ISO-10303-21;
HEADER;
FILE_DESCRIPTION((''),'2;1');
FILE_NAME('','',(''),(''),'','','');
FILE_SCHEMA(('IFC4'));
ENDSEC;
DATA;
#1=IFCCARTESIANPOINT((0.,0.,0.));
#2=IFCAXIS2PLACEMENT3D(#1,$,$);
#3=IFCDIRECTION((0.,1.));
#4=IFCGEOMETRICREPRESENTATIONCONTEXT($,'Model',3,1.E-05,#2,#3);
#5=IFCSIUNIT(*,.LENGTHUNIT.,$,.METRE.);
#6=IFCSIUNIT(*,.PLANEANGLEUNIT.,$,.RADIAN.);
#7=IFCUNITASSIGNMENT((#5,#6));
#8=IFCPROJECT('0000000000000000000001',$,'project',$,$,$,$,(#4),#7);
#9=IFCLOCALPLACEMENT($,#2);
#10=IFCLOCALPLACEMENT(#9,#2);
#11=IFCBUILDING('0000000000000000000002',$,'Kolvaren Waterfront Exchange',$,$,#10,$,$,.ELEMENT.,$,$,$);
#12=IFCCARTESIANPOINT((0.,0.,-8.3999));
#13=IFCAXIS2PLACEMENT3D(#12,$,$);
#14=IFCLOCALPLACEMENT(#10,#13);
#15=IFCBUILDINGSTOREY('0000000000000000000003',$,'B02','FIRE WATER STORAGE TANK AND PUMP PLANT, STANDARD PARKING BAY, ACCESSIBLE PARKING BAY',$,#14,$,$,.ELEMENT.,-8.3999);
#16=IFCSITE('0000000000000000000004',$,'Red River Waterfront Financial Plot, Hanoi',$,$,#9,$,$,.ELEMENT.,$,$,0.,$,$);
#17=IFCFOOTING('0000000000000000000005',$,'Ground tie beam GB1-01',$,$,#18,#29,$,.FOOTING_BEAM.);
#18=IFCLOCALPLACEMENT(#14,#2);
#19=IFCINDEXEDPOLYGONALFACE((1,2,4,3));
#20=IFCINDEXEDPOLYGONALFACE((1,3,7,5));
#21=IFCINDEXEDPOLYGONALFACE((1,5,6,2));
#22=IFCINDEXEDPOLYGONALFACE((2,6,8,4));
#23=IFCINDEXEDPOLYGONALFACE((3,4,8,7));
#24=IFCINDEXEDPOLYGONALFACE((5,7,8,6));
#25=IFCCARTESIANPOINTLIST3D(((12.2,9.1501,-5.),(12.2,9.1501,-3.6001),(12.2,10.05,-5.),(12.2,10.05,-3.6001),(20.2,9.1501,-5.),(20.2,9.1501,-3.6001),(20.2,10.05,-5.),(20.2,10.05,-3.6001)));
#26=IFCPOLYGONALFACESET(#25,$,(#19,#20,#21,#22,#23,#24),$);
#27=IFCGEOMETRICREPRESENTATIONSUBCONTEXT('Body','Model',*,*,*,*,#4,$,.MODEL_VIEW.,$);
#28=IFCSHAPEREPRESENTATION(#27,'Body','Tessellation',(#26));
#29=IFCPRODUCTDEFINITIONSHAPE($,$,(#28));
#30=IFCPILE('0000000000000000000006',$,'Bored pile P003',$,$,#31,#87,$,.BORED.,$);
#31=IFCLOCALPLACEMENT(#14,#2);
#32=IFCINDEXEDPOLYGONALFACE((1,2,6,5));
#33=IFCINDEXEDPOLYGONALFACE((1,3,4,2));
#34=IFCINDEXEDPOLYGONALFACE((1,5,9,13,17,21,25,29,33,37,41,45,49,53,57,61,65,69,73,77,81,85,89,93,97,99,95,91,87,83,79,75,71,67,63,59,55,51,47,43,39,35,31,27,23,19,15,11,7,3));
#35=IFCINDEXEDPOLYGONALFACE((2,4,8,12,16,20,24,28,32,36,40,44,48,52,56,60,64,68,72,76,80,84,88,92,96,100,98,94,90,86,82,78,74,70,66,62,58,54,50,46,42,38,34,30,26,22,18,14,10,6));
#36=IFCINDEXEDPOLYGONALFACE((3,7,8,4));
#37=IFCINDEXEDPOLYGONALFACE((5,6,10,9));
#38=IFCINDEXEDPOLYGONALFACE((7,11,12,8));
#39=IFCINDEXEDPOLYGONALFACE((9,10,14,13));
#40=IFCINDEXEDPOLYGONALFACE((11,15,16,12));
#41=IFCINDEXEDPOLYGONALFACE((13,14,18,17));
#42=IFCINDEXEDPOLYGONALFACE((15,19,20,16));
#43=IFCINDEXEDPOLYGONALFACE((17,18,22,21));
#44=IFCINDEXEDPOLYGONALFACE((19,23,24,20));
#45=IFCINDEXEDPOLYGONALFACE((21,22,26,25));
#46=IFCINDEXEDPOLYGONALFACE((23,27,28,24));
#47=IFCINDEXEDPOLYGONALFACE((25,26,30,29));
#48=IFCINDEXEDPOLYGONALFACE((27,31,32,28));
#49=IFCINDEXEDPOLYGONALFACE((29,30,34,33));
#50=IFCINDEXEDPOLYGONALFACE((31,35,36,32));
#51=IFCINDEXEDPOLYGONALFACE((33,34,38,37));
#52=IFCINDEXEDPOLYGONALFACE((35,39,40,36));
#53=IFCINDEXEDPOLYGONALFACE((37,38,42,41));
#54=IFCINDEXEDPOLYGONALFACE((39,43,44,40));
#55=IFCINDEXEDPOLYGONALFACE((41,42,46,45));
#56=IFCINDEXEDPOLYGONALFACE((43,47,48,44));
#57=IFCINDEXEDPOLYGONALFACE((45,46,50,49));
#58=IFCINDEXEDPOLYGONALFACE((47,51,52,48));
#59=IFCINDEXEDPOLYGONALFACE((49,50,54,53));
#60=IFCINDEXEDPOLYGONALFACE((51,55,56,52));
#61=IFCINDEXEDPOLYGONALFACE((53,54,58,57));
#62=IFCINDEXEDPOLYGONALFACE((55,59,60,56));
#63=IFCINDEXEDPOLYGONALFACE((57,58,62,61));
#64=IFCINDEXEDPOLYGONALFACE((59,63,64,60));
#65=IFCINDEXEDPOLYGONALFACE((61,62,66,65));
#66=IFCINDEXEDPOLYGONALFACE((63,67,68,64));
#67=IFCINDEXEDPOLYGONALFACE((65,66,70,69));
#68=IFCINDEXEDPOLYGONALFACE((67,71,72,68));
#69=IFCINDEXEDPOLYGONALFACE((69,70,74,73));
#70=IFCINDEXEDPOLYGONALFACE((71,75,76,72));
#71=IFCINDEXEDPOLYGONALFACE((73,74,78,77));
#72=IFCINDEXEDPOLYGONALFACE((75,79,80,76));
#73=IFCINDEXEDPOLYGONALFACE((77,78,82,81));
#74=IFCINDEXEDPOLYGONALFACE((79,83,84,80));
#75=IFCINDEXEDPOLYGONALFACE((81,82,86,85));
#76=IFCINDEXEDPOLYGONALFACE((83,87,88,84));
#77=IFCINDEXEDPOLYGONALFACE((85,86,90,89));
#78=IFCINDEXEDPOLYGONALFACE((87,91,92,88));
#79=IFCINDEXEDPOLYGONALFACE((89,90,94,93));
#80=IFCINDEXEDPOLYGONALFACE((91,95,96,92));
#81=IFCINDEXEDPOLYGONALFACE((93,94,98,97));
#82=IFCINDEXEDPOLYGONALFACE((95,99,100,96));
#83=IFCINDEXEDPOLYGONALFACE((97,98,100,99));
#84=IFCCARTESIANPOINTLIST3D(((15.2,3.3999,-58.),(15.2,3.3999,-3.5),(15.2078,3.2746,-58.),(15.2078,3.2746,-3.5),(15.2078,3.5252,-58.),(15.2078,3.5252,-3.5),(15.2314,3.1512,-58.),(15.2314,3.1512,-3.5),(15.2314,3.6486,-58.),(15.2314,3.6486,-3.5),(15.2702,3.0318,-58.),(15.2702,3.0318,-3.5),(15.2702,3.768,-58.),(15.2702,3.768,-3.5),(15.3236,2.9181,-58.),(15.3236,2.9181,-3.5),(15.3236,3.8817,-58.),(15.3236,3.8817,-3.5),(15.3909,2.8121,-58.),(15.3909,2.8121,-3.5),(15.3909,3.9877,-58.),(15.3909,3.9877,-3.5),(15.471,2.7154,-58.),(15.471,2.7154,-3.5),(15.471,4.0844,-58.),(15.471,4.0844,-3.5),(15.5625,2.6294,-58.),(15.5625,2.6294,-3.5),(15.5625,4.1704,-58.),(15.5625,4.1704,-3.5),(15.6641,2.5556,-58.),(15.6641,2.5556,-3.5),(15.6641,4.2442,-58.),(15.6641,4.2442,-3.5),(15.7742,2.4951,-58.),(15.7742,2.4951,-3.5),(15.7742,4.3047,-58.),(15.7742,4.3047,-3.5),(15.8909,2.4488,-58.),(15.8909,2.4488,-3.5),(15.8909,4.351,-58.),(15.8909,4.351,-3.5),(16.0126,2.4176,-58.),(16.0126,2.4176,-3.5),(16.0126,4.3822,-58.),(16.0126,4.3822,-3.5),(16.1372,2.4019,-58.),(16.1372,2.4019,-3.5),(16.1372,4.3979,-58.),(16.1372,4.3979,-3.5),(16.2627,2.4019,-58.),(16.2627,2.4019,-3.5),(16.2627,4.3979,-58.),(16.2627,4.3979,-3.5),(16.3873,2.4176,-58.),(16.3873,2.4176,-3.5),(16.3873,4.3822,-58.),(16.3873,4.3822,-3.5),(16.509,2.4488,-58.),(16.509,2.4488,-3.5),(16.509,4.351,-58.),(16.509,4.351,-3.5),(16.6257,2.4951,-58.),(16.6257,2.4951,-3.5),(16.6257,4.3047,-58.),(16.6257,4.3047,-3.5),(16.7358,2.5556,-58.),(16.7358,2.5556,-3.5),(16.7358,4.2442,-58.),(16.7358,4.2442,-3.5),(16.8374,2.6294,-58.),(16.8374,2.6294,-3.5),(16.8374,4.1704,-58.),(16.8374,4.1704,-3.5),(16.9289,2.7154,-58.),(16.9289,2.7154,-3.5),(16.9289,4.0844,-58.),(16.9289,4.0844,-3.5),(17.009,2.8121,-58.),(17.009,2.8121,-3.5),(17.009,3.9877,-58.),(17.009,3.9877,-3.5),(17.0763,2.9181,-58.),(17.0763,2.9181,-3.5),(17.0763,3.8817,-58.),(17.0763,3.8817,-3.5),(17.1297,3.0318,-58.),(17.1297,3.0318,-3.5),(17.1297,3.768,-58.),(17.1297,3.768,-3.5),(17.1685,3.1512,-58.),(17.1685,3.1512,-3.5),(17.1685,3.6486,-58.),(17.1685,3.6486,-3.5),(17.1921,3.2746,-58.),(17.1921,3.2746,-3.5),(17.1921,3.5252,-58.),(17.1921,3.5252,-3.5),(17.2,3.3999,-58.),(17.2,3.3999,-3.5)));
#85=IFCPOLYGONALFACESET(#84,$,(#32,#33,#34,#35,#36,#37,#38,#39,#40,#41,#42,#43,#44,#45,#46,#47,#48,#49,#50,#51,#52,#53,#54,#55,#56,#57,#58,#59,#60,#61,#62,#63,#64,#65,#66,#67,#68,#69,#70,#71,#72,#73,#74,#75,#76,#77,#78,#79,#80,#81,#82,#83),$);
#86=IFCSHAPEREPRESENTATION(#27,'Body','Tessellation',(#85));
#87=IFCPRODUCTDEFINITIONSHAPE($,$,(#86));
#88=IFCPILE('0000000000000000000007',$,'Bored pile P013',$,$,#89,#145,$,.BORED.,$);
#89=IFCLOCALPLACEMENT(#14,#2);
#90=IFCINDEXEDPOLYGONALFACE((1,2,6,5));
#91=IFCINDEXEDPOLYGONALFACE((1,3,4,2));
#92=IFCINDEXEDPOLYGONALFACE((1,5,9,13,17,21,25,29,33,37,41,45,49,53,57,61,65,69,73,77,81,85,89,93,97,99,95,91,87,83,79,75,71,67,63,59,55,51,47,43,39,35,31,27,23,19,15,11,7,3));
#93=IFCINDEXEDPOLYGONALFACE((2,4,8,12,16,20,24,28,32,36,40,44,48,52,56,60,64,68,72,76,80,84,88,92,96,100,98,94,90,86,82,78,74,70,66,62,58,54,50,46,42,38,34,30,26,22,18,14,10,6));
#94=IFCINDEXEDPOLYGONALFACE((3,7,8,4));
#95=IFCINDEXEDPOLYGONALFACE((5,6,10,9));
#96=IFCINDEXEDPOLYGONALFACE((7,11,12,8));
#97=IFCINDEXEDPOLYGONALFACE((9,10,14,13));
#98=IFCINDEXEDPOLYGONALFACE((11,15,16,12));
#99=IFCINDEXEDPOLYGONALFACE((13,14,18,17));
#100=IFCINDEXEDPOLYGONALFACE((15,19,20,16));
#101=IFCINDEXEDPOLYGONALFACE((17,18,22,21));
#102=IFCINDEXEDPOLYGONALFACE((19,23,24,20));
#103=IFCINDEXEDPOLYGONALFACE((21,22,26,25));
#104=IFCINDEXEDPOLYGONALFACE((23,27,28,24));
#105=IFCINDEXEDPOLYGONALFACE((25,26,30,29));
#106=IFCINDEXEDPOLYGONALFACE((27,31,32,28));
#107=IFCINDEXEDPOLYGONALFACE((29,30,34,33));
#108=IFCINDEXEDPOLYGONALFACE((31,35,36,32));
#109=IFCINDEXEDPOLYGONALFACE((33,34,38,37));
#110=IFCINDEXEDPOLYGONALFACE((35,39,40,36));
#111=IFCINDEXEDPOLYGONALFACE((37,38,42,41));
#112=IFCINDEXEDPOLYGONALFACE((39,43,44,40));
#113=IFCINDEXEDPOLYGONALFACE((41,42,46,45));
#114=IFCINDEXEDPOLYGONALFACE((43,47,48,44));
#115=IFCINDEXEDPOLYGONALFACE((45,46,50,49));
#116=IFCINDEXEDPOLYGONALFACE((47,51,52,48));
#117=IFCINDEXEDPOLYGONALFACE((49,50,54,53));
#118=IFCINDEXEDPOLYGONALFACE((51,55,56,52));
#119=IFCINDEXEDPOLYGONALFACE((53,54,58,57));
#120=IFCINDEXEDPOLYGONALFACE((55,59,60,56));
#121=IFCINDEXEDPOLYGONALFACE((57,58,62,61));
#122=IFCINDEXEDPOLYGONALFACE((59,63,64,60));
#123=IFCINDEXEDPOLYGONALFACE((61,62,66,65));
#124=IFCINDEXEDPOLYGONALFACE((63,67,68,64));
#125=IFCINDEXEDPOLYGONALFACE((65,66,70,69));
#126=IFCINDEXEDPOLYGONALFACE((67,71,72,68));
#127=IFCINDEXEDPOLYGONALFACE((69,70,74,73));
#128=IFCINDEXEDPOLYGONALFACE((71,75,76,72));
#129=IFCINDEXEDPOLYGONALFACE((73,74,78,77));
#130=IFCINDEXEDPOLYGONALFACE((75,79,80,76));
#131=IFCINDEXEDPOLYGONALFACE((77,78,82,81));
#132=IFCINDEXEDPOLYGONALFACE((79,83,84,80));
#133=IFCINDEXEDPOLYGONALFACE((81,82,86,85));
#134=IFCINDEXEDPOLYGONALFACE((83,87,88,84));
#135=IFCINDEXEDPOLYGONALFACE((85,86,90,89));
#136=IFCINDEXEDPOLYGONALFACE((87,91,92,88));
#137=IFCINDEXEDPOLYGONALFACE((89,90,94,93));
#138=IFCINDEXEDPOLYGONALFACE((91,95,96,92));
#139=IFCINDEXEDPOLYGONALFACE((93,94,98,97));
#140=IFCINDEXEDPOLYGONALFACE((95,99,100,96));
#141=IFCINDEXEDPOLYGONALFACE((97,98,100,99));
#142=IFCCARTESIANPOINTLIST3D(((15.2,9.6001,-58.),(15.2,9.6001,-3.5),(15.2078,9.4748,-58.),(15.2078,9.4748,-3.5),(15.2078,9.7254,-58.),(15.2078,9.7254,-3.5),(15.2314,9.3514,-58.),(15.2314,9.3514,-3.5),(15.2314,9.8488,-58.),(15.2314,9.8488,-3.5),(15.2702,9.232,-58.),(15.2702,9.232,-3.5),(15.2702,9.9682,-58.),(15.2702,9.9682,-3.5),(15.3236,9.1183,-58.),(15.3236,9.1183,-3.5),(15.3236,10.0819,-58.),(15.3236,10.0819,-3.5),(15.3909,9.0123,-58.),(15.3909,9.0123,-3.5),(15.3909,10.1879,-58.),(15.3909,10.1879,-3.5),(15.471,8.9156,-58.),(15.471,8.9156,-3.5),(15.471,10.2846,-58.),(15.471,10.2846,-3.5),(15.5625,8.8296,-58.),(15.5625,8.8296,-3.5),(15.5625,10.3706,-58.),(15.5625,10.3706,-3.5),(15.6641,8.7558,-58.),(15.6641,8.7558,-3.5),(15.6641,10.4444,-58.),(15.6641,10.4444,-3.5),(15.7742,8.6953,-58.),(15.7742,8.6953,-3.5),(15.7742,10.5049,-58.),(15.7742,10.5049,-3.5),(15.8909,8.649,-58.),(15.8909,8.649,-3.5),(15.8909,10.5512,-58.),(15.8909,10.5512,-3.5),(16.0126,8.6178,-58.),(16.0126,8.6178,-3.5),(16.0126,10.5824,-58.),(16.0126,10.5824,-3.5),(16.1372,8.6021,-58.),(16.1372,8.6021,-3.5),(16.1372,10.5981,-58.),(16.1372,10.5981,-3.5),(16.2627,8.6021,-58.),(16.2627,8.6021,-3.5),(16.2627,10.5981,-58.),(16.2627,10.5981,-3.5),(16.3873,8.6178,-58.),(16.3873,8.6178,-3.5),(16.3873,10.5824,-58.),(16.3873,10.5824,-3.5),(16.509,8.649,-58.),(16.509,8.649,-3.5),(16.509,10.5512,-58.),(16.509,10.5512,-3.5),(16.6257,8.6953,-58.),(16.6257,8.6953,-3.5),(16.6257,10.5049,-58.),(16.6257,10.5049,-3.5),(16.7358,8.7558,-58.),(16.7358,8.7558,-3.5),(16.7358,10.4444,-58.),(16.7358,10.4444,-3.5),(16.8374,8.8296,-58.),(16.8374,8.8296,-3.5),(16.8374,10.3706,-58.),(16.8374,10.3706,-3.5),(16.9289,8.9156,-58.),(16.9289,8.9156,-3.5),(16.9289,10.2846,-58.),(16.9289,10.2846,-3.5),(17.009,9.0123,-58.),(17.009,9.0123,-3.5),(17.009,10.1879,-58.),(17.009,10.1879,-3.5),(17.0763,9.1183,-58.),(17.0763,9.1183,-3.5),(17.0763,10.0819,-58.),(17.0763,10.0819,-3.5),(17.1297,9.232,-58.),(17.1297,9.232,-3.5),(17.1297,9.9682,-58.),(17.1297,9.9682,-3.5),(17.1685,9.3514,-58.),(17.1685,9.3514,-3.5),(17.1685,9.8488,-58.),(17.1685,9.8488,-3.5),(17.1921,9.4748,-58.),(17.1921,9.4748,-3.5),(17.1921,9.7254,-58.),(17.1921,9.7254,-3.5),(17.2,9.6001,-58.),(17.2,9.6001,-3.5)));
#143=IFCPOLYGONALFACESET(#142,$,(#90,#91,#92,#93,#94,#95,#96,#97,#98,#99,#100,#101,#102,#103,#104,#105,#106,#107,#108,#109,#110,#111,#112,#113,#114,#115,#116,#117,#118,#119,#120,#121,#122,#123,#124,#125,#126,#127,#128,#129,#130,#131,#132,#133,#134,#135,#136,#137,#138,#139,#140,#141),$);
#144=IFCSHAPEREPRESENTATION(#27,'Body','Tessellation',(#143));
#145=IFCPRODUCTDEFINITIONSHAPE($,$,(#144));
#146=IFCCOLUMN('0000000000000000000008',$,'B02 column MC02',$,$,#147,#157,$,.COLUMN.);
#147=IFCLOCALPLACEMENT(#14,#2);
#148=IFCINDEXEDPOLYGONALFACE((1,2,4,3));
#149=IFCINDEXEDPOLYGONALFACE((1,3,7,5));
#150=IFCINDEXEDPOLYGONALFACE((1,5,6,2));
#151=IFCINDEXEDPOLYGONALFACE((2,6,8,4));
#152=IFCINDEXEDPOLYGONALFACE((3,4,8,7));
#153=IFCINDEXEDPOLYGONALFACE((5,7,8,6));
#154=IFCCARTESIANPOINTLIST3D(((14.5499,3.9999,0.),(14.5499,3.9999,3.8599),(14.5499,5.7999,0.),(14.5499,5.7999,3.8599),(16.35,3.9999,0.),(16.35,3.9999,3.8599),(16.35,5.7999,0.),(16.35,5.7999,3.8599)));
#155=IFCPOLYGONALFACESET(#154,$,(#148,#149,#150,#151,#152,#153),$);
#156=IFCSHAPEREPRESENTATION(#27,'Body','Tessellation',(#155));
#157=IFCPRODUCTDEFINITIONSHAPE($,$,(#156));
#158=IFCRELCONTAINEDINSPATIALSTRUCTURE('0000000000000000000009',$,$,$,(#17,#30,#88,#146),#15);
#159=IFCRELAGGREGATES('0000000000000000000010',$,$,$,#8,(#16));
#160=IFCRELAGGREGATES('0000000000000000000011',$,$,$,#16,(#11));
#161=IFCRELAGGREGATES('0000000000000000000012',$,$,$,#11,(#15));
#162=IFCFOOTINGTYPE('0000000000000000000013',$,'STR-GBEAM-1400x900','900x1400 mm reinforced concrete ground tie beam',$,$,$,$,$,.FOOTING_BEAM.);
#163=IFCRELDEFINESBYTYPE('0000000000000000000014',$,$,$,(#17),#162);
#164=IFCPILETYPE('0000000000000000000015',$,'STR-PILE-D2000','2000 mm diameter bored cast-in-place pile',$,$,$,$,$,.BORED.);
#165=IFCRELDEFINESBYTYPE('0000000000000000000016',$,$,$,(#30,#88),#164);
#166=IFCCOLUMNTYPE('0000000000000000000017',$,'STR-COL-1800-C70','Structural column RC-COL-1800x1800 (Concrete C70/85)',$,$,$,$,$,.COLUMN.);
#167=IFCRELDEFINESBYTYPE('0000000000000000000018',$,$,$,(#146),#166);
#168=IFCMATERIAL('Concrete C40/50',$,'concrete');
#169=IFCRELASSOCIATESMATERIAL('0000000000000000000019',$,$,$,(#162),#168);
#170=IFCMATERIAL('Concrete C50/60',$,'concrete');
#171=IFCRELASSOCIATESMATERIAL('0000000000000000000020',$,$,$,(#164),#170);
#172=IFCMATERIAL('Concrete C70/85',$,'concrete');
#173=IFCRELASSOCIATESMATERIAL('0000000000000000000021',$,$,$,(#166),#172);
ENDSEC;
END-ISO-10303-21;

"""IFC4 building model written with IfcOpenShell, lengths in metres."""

from ifc_helpers import new_model, si_unit, direction, frame, origin, origin_2d, place, context, subcontext, project, spatial, rectangle, circle, extrude, material, material_profile, profile_set, type_object, element, save


model = new_model("IFC4")

# Units and contexts
model_context = context("Model", 3, precision=1e-05, world=origin(), true_north=direction((0.0, 1.0)))
body_context = subcontext(model_context, "Body", "Model", "MODEL_VIEW")
ifc_project = project(units=[si_unit("LENGTHUNIT", "METRE"), si_unit("PLANEANGLEUNIT", "RADIAN")], contexts=[model_context])

# Site, building, storey
site_placement = place(None, origin())
site = spatial("IfcSite", under=ifc_project, at=site_placement, Name="Red River Waterfront Financial Plot, Hanoi", CompositionType="ELEMENT", RefElevation=0.0)
building_placement = place(site_placement, origin())
building = spatial("IfcBuilding", under=site, at=building_placement, Name="Kolvaren Waterfront Exchange", CompositionType="ELEMENT")
storey_placement = place(building_placement, frame((0.0, 0.0, -8.3999)))
storey = spatial("IfcBuildingStorey", under=building, at=storey_placement, Name="B02", Description="FIRE WATER STORAGE TANK AND PUMP PLANT, STANDARD PARKING BAY, ACCESSIBLE PARKING BAY", CompositionType="ELEMENT", Elevation=-8.3999)

# Footing
ifc_material_1 = material(Name="Concrete C40/50", Category="concrete")
ifc_material_profile_1 = material_profile(ifc_material_1, rectangle(XDim=0.8999, YDim=1.3999, at=origin_2d()), Name="RC-GB-1400x900")
ifc_profile_set_1 = profile_set([ifc_material_profile_1], Name="Concrete C40/50")
footing_type = type_object("IfcFootingType", Name="STR-GBEAM-1400x900", Description="900x1400 mm reinforced concrete ground tie beam", PredefinedType="FOOTING_BEAM", material=ifc_profile_set_1)
footing_placement = place(storey_placement, frame((12.2, 9.6001, -4.3), z_axis=(1.0, 0.0, 0.0), x_axis=(0.0, 1.0, 0.0)))
element("IfcFooting", 1, at=footing_placement, inside=storey, type_object=footing_type, Name="Ground tie beam GB1-01", PredefinedType="FOOTING_BEAM", context=body_context, shape_type="SweptSolid", body=[
    extrude(rectangle(XDim=0.8999, YDim=1.3999, at=origin_2d()), origin(), (0.0, 0.0, 1.0), 8.0),
])

# Piles
ifc_material_2 = material(Name="Concrete C50/60", Category="concrete")
ifc_material_profile_2 = material_profile(ifc_material_2, circle(Radius=1.0, at=origin_2d()), Name="RC-PILE-D2000")
ifc_profile_set_2 = profile_set([ifc_material_profile_2], Name="Concrete C50/60")
pile_type = type_object("IfcPileType", Name="STR-PILE-D2000", Description="2000 mm diameter bored cast-in-place pile", PredefinedType="BORED", material=ifc_profile_set_2)
for number, where, z_axis, x_axis, name in (
    (2, (16.2, 3.3999, -3.5), (0.0, 0.0, -1.0), (1.0, 0.0, 0.0), "Bored pile P003"),
    (3, (16.2, 9.6001, -3.5), (0.0, 0.0, -1.0), (1.0, 0.0, 0.0), "Bored pile P013"),
):
    element("IfcPile", number, at=place(storey_placement, frame(where, z_axis=z_axis, x_axis=x_axis)), inside=storey, type_object=pile_type, Name=name, PredefinedType="BORED", context=body_context, shape_type="SweptSolid", body=[
        extrude(circle(Radius=1.0, at=origin_2d()), origin(), (0.0, 0.0, 1.0), 54.5),
    ])

# Column
ifc_material_3 = material(Name="Concrete C70/85", Category="concrete")
ifc_material_profile_3 = material_profile(ifc_material_3, rectangle(XDim=1.8, YDim=1.8, at=origin_2d()), Name="RC-COL-1800x1800")
ifc_profile_set_3 = profile_set([ifc_material_profile_3], Name="Concrete C70/85")
column_type = type_object("IfcColumnType", Name="STR-COL-1800-C70", Description="Structural column RC-COL-1800x1800 (Concrete C70/85)", PredefinedType="COLUMN", material=ifc_profile_set_3)
column_placement = place(storey_placement, frame((15.45, 4.8999, 0.0), z_axis=(0.0, 0.0, 1.0), x_axis=(1.0, 0.0, 0.0)))
element("IfcColumn", 4, at=column_placement, inside=storey, type_object=column_type, Name="B02 column MC02", PredefinedType="COLUMN", context=body_context, shape_type="SweptSolid", body=[
    extrude(rectangle(XDim=1.8, YDim=1.8, at=origin_2d()), origin(), (0.0, 0.0, 1.0), 3.8599),
])

save(model, "model.ifc")
